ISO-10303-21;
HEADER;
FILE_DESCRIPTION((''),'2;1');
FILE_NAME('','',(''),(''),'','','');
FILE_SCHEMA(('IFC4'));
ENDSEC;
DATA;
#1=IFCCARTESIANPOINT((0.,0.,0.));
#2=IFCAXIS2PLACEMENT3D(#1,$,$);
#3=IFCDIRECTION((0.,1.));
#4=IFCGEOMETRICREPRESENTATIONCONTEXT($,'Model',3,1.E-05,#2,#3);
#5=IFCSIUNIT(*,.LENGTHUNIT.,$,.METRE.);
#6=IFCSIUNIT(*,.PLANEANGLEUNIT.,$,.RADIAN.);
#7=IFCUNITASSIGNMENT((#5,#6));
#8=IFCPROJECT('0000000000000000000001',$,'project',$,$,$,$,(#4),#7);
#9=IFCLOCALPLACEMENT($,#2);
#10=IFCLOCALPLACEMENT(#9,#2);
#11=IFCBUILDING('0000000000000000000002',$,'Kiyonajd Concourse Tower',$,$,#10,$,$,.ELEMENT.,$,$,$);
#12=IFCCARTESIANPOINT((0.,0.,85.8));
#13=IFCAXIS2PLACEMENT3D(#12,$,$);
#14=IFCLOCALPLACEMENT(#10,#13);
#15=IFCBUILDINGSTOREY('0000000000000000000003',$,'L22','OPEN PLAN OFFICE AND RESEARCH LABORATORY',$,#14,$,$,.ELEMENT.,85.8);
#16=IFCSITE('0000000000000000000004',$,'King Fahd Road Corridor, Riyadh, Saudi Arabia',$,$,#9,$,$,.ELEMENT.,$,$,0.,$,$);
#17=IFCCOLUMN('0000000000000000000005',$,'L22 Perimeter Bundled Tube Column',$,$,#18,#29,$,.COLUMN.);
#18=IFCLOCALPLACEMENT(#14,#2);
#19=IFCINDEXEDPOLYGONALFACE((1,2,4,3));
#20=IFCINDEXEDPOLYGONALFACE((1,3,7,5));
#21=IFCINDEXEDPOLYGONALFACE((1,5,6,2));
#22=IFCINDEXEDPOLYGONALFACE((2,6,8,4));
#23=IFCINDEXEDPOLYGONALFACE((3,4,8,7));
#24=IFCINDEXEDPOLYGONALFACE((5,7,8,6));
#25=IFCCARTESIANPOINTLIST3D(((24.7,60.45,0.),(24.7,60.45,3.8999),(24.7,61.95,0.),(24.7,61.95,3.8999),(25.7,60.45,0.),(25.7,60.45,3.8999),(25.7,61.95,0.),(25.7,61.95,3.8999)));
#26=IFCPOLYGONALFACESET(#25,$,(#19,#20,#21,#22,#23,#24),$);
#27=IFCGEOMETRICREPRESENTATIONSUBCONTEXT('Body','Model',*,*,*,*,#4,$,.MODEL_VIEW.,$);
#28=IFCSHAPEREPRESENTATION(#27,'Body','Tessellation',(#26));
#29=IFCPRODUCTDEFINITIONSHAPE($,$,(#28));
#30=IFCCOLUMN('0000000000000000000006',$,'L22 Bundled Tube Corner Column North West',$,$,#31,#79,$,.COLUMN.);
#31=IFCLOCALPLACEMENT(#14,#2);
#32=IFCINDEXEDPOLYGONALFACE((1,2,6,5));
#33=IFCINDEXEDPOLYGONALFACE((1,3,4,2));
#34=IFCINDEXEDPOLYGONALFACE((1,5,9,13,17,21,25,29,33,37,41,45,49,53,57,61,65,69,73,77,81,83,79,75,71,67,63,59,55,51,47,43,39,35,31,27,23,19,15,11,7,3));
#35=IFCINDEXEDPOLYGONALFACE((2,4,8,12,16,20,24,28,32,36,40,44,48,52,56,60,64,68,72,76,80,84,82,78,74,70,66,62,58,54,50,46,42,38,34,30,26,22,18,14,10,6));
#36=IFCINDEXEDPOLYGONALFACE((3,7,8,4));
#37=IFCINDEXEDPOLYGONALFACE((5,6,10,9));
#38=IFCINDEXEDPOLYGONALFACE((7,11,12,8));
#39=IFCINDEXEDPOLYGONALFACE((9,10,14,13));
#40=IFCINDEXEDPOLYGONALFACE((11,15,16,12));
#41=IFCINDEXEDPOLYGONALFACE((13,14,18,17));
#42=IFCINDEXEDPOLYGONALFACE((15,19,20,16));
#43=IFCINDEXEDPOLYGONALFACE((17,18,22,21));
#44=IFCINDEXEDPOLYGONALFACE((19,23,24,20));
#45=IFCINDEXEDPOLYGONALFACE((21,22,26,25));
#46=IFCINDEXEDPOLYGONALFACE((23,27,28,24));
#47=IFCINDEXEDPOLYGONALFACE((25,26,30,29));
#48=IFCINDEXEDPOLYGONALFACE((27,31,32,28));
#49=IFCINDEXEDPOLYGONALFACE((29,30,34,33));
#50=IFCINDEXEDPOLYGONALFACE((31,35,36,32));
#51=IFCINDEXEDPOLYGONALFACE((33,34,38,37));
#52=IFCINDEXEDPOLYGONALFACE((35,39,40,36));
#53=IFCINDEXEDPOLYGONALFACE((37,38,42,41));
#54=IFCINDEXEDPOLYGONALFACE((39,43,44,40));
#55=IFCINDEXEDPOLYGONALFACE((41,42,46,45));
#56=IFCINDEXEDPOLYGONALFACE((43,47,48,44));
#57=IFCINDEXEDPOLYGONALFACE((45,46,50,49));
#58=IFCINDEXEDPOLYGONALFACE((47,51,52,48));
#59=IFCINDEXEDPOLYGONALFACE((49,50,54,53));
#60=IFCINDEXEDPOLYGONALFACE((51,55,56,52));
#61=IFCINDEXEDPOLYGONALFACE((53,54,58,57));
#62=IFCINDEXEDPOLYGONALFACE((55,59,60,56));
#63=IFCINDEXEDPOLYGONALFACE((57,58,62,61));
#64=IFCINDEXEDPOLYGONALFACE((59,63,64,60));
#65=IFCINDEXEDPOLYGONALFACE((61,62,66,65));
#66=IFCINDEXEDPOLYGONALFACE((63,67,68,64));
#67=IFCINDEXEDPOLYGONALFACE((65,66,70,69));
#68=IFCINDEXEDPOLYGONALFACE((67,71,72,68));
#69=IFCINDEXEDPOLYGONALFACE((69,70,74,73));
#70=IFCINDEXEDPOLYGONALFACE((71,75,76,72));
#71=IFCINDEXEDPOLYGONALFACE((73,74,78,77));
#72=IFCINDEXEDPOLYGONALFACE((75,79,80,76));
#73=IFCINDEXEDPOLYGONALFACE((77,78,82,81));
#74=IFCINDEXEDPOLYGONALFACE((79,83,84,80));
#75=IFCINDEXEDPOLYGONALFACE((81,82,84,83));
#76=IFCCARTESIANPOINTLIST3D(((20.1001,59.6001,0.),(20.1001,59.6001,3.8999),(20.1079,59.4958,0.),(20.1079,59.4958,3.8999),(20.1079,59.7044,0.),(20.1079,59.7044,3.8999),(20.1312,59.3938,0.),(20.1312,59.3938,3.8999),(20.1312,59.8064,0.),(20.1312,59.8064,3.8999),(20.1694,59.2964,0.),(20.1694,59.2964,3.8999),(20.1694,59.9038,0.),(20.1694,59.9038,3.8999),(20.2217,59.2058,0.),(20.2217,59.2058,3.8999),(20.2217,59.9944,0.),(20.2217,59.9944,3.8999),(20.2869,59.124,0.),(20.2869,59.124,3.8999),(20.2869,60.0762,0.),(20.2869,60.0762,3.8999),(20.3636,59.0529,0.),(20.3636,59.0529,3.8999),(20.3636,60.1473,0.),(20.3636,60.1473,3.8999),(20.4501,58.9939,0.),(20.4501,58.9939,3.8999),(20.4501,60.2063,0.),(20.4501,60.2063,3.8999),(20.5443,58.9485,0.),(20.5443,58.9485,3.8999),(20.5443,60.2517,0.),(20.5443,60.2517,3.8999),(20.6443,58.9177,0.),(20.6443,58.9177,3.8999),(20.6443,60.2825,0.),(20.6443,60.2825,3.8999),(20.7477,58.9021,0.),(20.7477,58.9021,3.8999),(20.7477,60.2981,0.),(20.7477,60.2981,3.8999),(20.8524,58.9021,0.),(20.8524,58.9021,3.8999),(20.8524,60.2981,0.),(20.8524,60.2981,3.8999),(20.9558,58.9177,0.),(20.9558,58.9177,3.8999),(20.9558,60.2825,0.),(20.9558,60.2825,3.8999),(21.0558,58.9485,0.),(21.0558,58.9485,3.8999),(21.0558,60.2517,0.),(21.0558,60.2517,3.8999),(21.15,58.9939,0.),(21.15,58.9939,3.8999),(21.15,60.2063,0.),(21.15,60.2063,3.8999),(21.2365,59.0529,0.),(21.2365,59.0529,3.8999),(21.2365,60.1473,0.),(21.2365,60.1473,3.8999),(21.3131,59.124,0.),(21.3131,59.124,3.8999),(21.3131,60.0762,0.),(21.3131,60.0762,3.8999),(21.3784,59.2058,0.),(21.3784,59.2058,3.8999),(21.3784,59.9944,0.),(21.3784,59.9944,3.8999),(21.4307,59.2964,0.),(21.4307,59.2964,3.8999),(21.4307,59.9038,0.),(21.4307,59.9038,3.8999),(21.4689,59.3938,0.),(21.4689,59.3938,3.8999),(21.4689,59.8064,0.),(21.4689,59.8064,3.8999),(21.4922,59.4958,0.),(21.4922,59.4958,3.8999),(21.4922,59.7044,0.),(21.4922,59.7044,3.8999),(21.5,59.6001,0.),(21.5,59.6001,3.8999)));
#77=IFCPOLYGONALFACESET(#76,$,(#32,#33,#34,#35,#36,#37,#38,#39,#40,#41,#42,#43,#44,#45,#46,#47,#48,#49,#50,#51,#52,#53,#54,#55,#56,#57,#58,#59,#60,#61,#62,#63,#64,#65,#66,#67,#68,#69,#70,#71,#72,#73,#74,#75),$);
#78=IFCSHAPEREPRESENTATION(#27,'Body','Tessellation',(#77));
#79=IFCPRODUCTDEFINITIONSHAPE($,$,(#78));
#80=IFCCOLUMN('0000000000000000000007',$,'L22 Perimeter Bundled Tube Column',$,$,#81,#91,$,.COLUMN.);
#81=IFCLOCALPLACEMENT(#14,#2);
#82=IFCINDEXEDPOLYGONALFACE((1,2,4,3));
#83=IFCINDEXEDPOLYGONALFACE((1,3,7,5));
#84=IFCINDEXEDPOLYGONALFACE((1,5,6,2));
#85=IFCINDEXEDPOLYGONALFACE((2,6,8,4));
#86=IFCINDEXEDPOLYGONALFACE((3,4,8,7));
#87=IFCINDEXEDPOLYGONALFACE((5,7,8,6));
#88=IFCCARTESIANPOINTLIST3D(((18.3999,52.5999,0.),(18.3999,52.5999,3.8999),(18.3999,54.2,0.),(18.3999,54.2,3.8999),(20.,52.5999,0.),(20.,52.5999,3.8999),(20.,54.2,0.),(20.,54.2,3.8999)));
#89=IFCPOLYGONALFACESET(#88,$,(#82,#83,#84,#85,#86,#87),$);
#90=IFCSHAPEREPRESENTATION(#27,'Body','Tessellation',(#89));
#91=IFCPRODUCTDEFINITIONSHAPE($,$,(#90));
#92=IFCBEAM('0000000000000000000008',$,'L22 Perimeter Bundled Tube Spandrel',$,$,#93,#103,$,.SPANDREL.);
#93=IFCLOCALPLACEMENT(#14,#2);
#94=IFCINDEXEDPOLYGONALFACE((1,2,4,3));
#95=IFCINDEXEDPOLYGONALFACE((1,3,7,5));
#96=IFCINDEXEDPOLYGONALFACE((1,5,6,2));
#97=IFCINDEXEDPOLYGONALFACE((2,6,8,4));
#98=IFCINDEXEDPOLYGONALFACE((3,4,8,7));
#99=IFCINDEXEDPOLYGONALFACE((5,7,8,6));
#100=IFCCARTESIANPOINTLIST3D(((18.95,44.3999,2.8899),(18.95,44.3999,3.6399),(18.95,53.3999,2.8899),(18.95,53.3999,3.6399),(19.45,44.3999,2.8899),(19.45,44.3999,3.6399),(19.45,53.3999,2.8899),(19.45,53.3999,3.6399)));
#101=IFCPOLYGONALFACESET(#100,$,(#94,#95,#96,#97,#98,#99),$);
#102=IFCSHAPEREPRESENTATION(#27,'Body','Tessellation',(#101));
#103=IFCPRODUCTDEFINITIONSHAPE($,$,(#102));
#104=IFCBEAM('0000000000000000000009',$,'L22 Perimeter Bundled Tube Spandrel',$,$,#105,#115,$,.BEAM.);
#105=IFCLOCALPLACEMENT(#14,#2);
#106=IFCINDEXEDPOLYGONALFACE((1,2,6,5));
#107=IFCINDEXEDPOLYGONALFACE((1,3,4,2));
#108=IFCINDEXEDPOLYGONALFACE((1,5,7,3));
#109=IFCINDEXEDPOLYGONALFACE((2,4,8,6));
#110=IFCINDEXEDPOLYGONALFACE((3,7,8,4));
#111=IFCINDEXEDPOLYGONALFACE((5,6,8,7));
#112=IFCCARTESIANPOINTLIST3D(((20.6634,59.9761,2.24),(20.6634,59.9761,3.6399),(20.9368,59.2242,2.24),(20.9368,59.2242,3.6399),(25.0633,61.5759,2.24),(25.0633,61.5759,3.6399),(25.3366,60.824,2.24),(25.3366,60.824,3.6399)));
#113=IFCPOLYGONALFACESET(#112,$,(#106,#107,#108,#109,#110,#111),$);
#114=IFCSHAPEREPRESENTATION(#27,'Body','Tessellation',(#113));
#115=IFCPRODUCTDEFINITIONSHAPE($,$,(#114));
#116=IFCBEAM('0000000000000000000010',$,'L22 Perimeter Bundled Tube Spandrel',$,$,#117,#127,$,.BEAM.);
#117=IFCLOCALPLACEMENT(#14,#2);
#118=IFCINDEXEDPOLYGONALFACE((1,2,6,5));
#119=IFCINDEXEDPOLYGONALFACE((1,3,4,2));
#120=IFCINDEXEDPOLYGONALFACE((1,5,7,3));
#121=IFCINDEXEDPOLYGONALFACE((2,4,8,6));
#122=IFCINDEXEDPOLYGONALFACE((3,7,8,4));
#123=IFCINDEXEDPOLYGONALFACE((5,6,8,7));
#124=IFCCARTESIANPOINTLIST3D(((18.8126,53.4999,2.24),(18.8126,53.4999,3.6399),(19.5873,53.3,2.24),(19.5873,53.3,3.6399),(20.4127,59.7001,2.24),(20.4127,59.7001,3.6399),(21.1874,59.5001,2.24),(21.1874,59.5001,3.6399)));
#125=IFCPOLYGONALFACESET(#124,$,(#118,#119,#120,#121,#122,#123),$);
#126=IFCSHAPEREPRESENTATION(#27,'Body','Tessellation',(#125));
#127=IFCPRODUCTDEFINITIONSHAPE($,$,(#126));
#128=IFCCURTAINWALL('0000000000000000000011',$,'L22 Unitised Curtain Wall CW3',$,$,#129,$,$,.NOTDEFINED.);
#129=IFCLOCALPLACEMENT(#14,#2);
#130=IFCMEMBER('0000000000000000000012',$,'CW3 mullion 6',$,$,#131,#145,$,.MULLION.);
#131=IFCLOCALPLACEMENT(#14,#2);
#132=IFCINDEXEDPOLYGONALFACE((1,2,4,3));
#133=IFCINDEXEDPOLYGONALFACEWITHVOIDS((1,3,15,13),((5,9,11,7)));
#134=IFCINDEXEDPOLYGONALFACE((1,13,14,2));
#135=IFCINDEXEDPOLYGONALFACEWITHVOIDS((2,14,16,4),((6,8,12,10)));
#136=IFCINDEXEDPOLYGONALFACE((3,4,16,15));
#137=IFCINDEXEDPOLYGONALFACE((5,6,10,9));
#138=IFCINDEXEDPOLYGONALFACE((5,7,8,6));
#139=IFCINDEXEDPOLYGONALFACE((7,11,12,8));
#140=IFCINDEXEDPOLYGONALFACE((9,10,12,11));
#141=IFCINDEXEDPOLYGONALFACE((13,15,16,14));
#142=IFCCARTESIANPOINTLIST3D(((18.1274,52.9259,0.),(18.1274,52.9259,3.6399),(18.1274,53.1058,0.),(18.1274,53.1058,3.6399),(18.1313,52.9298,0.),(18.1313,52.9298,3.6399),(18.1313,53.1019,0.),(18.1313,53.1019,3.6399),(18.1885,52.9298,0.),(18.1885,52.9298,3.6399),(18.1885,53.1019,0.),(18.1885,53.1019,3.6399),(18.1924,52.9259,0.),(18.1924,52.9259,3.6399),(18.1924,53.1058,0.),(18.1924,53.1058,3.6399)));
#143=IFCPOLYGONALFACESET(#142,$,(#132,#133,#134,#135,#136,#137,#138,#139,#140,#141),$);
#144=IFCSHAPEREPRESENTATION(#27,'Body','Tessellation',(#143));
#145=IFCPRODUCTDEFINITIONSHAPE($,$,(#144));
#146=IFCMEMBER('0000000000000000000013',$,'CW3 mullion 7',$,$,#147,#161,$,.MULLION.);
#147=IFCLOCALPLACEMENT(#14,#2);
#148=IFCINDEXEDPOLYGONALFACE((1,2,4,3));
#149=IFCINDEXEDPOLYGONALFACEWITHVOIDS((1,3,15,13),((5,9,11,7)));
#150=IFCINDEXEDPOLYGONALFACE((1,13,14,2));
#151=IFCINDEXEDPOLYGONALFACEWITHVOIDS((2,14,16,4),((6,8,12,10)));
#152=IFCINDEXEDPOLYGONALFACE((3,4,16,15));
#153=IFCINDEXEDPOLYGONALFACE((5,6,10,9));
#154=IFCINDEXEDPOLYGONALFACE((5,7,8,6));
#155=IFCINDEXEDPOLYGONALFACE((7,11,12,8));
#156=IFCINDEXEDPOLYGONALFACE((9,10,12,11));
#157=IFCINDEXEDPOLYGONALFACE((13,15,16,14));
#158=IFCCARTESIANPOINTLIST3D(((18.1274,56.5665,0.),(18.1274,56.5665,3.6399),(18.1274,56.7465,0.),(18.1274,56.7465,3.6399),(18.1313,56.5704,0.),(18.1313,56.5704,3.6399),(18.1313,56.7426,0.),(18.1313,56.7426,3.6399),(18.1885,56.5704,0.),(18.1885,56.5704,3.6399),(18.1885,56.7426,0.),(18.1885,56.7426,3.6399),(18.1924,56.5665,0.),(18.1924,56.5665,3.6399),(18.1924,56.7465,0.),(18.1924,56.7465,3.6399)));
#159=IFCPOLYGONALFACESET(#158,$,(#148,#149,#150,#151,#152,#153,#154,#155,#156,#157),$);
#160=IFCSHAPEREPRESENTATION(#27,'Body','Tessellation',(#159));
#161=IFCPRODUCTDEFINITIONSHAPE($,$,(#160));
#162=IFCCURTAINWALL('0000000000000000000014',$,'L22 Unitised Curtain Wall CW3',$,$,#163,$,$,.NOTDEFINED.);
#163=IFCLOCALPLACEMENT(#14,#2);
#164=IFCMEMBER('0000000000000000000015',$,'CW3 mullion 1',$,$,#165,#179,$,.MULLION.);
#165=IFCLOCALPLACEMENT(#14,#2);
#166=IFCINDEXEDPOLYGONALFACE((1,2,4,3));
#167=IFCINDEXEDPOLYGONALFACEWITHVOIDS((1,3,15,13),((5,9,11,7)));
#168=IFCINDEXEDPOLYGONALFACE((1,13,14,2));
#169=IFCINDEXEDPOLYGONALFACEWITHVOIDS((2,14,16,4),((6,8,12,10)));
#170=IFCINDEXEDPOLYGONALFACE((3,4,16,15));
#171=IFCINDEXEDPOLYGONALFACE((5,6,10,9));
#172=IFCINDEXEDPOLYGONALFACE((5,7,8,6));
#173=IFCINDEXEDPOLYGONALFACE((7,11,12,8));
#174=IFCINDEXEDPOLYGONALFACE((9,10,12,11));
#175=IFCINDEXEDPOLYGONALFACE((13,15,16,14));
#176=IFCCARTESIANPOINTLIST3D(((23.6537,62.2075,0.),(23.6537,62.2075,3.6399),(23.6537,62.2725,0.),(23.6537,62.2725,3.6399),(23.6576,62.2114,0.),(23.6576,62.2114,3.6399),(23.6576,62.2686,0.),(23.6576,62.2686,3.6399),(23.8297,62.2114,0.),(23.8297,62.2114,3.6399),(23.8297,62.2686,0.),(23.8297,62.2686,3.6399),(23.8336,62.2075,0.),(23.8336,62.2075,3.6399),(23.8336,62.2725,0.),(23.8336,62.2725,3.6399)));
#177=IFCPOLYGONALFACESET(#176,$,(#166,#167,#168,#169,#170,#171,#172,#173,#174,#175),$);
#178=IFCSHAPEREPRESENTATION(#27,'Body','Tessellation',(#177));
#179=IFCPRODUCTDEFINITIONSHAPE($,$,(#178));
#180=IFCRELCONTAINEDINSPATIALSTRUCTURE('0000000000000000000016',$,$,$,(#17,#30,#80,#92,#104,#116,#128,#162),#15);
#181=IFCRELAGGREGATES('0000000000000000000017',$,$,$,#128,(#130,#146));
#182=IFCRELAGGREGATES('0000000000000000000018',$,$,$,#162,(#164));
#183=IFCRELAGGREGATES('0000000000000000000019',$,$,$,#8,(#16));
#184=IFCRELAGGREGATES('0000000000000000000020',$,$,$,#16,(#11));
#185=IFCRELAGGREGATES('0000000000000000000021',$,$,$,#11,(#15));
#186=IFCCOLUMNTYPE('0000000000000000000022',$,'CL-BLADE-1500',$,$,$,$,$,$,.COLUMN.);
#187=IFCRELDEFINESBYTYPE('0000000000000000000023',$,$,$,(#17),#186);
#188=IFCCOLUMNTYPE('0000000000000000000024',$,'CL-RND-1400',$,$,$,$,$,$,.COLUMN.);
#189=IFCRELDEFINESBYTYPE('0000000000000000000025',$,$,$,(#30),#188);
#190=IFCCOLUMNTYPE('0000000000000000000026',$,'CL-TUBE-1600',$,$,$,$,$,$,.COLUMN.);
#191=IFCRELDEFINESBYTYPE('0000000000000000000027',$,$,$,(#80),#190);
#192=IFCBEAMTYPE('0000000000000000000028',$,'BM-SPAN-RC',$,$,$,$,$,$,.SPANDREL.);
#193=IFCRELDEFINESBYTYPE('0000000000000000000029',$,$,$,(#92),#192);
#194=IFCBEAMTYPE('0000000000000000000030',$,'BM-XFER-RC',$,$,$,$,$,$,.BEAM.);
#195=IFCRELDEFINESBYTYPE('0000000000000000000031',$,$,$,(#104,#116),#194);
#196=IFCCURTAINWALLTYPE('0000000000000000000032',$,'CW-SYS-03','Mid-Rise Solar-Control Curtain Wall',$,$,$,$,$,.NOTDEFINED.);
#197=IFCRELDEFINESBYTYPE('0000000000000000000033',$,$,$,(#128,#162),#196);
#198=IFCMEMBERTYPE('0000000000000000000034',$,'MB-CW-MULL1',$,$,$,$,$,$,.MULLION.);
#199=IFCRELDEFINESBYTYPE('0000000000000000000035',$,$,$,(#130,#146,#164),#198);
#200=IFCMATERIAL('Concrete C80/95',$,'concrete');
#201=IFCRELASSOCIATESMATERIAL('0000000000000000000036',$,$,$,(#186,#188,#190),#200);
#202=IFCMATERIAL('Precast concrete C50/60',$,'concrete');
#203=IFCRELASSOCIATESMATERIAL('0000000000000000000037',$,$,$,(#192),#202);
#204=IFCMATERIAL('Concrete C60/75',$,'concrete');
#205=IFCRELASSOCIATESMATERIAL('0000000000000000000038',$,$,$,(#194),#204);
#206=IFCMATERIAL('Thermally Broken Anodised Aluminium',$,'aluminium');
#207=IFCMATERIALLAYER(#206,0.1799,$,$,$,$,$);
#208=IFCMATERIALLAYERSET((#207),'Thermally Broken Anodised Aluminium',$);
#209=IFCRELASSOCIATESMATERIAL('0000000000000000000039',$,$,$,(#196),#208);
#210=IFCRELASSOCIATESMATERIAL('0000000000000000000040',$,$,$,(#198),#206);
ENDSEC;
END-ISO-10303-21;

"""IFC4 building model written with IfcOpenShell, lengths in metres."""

from ifc_helpers import new_model, si_unit, direction, frame, origin, origin_2d, place, context, subcontext, project, spatial, rectangle, hollow_rectangle, circle, extrude, material, layer, layer_set, material_profile, profile_set, type_object, element, aggregate, save


model = new_model("IFC4")

# Units and contexts
model_context = context("Model", 3, precision=1e-05, world=origin(), true_north=direction((0.0, 1.0)))
body_context = subcontext(model_context, "Body", "Model", "MODEL_VIEW")
ifc_project = project(units=[si_unit("LENGTHUNIT", "METRE"), si_unit("PLANEANGLEUNIT", "RADIAN")], contexts=[model_context])

# Site, building, storey
site_placement = place(None, origin())
site = spatial("IfcSite", under=ifc_project, at=site_placement, Name="King Fahd Road Corridor, Riyadh, Saudi Arabia", CompositionType="ELEMENT", RefElevation=0.0)
building_placement = place(site_placement, origin())
building = spatial("IfcBuilding", under=site, at=building_placement, Name="Kiyonajd Concourse Tower", CompositionType="ELEMENT")
storey_placement = place(building_placement, frame((0.0, 0.0, 85.8)))
storey = spatial("IfcBuildingStorey", under=building, at=storey_placement, Name="L22", Description="OPEN PLAN OFFICE AND RESEARCH LABORATORY", CompositionType="ELEMENT", Elevation=85.8)

# Columns
ifc_material_1 = material(Name="Concrete C80/95", Category="concrete")
ifc_material_profile_1 = material_profile(ifc_material_1, rectangle(XDim=1.0, YDim=1.5, at=origin_2d()), Name="RC-1500x1000")
ifc_profile_set_1 = profile_set([ifc_material_profile_1], Name="Concrete C80/95")
column_type_1 = type_object("IfcColumnType", Name="CL-BLADE-1500", PredefinedType="COLUMN", material=ifc_profile_set_1)
column_1_placement = place(storey_placement, frame((25.2, 61.2, 0.0), z_axis=(0.0, 0.0, 1.0), x_axis=(1.0, 0.0, 0.0)))
element("IfcColumn", 1, at=column_1_placement, inside=storey, type_object=column_type_1, Name="L22 Perimeter Bundled Tube Column", PredefinedType="COLUMN", context=body_context, shape_type="SweptSolid", body=[
    extrude(rectangle(XDim=1.0, YDim=1.5, at=origin_2d()), origin(), (0.0, 0.0, 1.0), 3.8999),
])
ifc_material_profile_2 = material_profile(ifc_material_1, circle(Radius=0.7, at=origin_2d()), Name="RCC-D1400")
ifc_profile_set_2 = profile_set([ifc_material_profile_2], Name="Concrete C80/95")
column_type_2 = type_object("IfcColumnType", Name="CL-RND-1400", PredefinedType="COLUMN", material=ifc_profile_set_2)
column_2_placement = place(storey_placement, frame((20.8, 59.6001, 0.0), z_axis=(0.0, 0.0, 1.0), x_axis=(1.0, 0.0, 0.0)))
element("IfcColumn", 2, at=column_2_placement, inside=storey, type_object=column_type_2, Name="L22 Bundled Tube Corner Column North West", PredefinedType="COLUMN", context=body_context, shape_type="SweptSolid", body=[
    extrude(circle(Radius=0.7, at=origin_2d()), origin(), (0.0, 0.0, 1.0), 3.8999),
])
ifc_material_profile_3 = material_profile(ifc_material_1, rectangle(XDim=1.6001, YDim=1.6001, at=origin_2d()), Name="RC-1600x1600")
ifc_profile_set_3 = profile_set([ifc_material_profile_3], Name="Concrete C80/95")
column_type_3 = type_object("IfcColumnType", Name="CL-TUBE-1600", PredefinedType="COLUMN", material=ifc_profile_set_3)
column_3_placement = place(storey_placement, frame((19.2, 53.3999, 0.0), z_axis=(0.0, 0.0, 1.0), x_axis=(1.0, 0.0, 0.0)))
element("IfcColumn", 3, at=column_3_placement, inside=storey, type_object=column_type_3, Name="L22 Perimeter Bundled Tube Column", PredefinedType="COLUMN", context=body_context, shape_type="SweptSolid", body=[
    extrude(rectangle(XDim=1.6001, YDim=1.6001, at=origin_2d()), origin(), (0.0, 0.0, 1.0), 3.8999),
])

# Beams
ifc_material_2 = material(Name="Precast concrete C50/60", Category="concrete")
ifc_material_profile_4 = material_profile(ifc_material_2, rectangle(XDim=0.5, YDim=0.75, at=origin_2d()), Name="RCBM-500x750")
ifc_profile_set_4 = profile_set([ifc_material_profile_4], Name="Precast concrete C50/60")
beam_type_1 = type_object("IfcBeamType", Name="BM-SPAN-RC", PredefinedType="SPANDREL", material=ifc_profile_set_4)
beam_1_placement = place(storey_placement, frame((19.2, 53.3999, 3.2649), z_axis=(0.0, -1.0, 0.0), x_axis=(1.0, 0.0, 0.0)))
element("IfcBeam", 4, at=beam_1_placement, inside=storey, type_object=beam_type_1, Name="L22 Perimeter Bundled Tube Spandrel", PredefinedType="SPANDREL", context=body_context, shape_type="SweptSolid", body=[
    extrude(rectangle(XDim=0.5, YDim=0.75, at=origin_2d()), origin(), (0.0, 0.0, 1.0), 9.0),
])
ifc_material_3 = material(Name="Concrete C60/75", Category="concrete")
ifc_material_profile_5 = material_profile(ifc_material_3, rectangle(XDim=0.8, YDim=1.3999, at=origin_2d()), Name="RCBM-800x1400")
ifc_profile_set_5 = profile_set([ifc_material_profile_5], Name="Concrete C60/75")
beam_type_2 = type_object("IfcBeamType", Name="BM-XFER-RC", PredefinedType="BEAM", material=ifc_profile_set_5)
beam_2_placement = place(storey_placement, frame((25.2, 61.2, 2.9399), z_axis=(-0.939801, -0.341722, 0.0), x_axis=(0.341722, -0.939801, 0.0)))
element("IfcBeam", 5, at=beam_2_placement, inside=storey, type_object=beam_type_2, Name="L22 Perimeter Bundled Tube Spandrel", PredefinedType="BEAM", context=body_context, shape_type="SweptSolid", body=[
    extrude(rectangle(XDim=0.8, YDim=1.3999, at=origin_2d()), origin(), (0.0, 0.0, 1.0), 4.6816),
])
beam_3_placement = place(storey_placement, frame((20.8, 59.6001, 2.9399), z_axis=(-0.249885, -0.968276, 0.0), x_axis=(0.968276, -0.249885, 0.0)))
element("IfcBeam", 6, at=beam_3_placement, inside=storey, type_object=beam_type_2, Name="L22 Perimeter Bundled Tube Spandrel", PredefinedType="BEAM", context=body_context, shape_type="SweptSolid", body=[
    extrude(rectangle(XDim=0.8, YDim=1.3999, at=origin_2d()), origin(), (0.0, 0.0, 1.0), 6.4033),
])

# Curtain walls, members
ifc_material_4 = material(Name="Thermally Broken Anodised Aluminium", Category="aluminium")
ifc_layer_1 = layer(ifc_material_4, 0.1799)
ifc_layer_set_1 = layer_set([ifc_layer_1], Name="Thermally Broken Anodised Aluminium")
curtain_wall_type = type_object("IfcCurtainWallType", Name="CW-SYS-03", Description="Mid-Rise Solar-Control Curtain Wall", PredefinedType="NOTDEFINED", material=ifc_layer_set_1)
curtain_wall_1_placement = place(storey_placement, origin())
curtain_wall_1 = element("IfcCurtainWall", 7, at=curtain_wall_1_placement, inside=storey, type_object=curtain_wall_type, Name="L22 Unitised Curtain Wall CW3", PredefinedType="NOTDEFINED")
ifc_material_profile_6 = material_profile(ifc_material_4, hollow_rectangle(XDim=0.0649, YDim=0.1799, WallThickness=0.0039, at=origin_2d()), Name="MULL-65x180")
ifc_profile_set_6 = profile_set([ifc_material_profile_6], Name="Thermally Broken Anodised Aluminium")
member_type_1 = type_object("IfcMemberType", Name="MB-CW-MULL1", PredefinedType="MULLION", material=ifc_profile_set_6)
member_1_placement = place(storey_placement, frame((18.1599, 53.0159, 0.0), z_axis=(0.0, 0.0, 1.0), x_axis=(-1.0, 0.0, 0.0)))
member_1 = element("IfcMember", 8, at=member_1_placement, type_object=member_type_1, Name="CW3 mullion 6", PredefinedType="MULLION", context=body_context, shape_type="SweptSolid", body=[
    extrude(hollow_rectangle(XDim=0.0649, YDim=0.1799, WallThickness=0.0039, at=origin_2d()), origin(), (0.0, 0.0, 1.0), 3.6399),
])
member_2_placement = place(storey_placement, frame((18.1599, 56.6565, 0.0), z_axis=(0.0, 0.0, 1.0), x_axis=(-1.0, 0.0, 0.0)))
member_2 = element("IfcMember", 9, at=member_2_placement, type_object=member_type_1, Name="CW3 mullion 7", PredefinedType="MULLION", context=body_context, shape_type="SweptSolid", body=[
    extrude(hollow_rectangle(XDim=0.0649, YDim=0.1799, WallThickness=0.0039, at=origin_2d()), origin(), (0.0, 0.0, 1.0), 3.6399),
])
curtain_wall_2_placement = place(storey_placement, origin())
curtain_wall_2 = element("IfcCurtainWall", 10, at=curtain_wall_2_placement, inside=storey, type_object=curtain_wall_type, Name="L22 Unitised Curtain Wall CW3", PredefinedType="NOTDEFINED")
member_3_placement = place(storey_placement, frame((23.7437, 62.24, 0.0), z_axis=(0.0, 0.0, 1.0), x_axis=(0.0, 1.0, 0.0)))
member_3 = element("IfcMember", 11, at=member_3_placement, type_object=member_type_1, Name="CW3 mullion 1", PredefinedType="MULLION", context=body_context, shape_type="SweptSolid", body=[
    extrude(hollow_rectangle(XDim=0.0649, YDim=0.1799, WallThickness=0.0039, at=origin_2d()), origin(), (0.0, 0.0, 1.0), 3.6399),
])

aggregate(curtain_wall_1, [member_1, member_2])
aggregate(curtain_wall_2, [member_3])

save(model, "model.ifc")
